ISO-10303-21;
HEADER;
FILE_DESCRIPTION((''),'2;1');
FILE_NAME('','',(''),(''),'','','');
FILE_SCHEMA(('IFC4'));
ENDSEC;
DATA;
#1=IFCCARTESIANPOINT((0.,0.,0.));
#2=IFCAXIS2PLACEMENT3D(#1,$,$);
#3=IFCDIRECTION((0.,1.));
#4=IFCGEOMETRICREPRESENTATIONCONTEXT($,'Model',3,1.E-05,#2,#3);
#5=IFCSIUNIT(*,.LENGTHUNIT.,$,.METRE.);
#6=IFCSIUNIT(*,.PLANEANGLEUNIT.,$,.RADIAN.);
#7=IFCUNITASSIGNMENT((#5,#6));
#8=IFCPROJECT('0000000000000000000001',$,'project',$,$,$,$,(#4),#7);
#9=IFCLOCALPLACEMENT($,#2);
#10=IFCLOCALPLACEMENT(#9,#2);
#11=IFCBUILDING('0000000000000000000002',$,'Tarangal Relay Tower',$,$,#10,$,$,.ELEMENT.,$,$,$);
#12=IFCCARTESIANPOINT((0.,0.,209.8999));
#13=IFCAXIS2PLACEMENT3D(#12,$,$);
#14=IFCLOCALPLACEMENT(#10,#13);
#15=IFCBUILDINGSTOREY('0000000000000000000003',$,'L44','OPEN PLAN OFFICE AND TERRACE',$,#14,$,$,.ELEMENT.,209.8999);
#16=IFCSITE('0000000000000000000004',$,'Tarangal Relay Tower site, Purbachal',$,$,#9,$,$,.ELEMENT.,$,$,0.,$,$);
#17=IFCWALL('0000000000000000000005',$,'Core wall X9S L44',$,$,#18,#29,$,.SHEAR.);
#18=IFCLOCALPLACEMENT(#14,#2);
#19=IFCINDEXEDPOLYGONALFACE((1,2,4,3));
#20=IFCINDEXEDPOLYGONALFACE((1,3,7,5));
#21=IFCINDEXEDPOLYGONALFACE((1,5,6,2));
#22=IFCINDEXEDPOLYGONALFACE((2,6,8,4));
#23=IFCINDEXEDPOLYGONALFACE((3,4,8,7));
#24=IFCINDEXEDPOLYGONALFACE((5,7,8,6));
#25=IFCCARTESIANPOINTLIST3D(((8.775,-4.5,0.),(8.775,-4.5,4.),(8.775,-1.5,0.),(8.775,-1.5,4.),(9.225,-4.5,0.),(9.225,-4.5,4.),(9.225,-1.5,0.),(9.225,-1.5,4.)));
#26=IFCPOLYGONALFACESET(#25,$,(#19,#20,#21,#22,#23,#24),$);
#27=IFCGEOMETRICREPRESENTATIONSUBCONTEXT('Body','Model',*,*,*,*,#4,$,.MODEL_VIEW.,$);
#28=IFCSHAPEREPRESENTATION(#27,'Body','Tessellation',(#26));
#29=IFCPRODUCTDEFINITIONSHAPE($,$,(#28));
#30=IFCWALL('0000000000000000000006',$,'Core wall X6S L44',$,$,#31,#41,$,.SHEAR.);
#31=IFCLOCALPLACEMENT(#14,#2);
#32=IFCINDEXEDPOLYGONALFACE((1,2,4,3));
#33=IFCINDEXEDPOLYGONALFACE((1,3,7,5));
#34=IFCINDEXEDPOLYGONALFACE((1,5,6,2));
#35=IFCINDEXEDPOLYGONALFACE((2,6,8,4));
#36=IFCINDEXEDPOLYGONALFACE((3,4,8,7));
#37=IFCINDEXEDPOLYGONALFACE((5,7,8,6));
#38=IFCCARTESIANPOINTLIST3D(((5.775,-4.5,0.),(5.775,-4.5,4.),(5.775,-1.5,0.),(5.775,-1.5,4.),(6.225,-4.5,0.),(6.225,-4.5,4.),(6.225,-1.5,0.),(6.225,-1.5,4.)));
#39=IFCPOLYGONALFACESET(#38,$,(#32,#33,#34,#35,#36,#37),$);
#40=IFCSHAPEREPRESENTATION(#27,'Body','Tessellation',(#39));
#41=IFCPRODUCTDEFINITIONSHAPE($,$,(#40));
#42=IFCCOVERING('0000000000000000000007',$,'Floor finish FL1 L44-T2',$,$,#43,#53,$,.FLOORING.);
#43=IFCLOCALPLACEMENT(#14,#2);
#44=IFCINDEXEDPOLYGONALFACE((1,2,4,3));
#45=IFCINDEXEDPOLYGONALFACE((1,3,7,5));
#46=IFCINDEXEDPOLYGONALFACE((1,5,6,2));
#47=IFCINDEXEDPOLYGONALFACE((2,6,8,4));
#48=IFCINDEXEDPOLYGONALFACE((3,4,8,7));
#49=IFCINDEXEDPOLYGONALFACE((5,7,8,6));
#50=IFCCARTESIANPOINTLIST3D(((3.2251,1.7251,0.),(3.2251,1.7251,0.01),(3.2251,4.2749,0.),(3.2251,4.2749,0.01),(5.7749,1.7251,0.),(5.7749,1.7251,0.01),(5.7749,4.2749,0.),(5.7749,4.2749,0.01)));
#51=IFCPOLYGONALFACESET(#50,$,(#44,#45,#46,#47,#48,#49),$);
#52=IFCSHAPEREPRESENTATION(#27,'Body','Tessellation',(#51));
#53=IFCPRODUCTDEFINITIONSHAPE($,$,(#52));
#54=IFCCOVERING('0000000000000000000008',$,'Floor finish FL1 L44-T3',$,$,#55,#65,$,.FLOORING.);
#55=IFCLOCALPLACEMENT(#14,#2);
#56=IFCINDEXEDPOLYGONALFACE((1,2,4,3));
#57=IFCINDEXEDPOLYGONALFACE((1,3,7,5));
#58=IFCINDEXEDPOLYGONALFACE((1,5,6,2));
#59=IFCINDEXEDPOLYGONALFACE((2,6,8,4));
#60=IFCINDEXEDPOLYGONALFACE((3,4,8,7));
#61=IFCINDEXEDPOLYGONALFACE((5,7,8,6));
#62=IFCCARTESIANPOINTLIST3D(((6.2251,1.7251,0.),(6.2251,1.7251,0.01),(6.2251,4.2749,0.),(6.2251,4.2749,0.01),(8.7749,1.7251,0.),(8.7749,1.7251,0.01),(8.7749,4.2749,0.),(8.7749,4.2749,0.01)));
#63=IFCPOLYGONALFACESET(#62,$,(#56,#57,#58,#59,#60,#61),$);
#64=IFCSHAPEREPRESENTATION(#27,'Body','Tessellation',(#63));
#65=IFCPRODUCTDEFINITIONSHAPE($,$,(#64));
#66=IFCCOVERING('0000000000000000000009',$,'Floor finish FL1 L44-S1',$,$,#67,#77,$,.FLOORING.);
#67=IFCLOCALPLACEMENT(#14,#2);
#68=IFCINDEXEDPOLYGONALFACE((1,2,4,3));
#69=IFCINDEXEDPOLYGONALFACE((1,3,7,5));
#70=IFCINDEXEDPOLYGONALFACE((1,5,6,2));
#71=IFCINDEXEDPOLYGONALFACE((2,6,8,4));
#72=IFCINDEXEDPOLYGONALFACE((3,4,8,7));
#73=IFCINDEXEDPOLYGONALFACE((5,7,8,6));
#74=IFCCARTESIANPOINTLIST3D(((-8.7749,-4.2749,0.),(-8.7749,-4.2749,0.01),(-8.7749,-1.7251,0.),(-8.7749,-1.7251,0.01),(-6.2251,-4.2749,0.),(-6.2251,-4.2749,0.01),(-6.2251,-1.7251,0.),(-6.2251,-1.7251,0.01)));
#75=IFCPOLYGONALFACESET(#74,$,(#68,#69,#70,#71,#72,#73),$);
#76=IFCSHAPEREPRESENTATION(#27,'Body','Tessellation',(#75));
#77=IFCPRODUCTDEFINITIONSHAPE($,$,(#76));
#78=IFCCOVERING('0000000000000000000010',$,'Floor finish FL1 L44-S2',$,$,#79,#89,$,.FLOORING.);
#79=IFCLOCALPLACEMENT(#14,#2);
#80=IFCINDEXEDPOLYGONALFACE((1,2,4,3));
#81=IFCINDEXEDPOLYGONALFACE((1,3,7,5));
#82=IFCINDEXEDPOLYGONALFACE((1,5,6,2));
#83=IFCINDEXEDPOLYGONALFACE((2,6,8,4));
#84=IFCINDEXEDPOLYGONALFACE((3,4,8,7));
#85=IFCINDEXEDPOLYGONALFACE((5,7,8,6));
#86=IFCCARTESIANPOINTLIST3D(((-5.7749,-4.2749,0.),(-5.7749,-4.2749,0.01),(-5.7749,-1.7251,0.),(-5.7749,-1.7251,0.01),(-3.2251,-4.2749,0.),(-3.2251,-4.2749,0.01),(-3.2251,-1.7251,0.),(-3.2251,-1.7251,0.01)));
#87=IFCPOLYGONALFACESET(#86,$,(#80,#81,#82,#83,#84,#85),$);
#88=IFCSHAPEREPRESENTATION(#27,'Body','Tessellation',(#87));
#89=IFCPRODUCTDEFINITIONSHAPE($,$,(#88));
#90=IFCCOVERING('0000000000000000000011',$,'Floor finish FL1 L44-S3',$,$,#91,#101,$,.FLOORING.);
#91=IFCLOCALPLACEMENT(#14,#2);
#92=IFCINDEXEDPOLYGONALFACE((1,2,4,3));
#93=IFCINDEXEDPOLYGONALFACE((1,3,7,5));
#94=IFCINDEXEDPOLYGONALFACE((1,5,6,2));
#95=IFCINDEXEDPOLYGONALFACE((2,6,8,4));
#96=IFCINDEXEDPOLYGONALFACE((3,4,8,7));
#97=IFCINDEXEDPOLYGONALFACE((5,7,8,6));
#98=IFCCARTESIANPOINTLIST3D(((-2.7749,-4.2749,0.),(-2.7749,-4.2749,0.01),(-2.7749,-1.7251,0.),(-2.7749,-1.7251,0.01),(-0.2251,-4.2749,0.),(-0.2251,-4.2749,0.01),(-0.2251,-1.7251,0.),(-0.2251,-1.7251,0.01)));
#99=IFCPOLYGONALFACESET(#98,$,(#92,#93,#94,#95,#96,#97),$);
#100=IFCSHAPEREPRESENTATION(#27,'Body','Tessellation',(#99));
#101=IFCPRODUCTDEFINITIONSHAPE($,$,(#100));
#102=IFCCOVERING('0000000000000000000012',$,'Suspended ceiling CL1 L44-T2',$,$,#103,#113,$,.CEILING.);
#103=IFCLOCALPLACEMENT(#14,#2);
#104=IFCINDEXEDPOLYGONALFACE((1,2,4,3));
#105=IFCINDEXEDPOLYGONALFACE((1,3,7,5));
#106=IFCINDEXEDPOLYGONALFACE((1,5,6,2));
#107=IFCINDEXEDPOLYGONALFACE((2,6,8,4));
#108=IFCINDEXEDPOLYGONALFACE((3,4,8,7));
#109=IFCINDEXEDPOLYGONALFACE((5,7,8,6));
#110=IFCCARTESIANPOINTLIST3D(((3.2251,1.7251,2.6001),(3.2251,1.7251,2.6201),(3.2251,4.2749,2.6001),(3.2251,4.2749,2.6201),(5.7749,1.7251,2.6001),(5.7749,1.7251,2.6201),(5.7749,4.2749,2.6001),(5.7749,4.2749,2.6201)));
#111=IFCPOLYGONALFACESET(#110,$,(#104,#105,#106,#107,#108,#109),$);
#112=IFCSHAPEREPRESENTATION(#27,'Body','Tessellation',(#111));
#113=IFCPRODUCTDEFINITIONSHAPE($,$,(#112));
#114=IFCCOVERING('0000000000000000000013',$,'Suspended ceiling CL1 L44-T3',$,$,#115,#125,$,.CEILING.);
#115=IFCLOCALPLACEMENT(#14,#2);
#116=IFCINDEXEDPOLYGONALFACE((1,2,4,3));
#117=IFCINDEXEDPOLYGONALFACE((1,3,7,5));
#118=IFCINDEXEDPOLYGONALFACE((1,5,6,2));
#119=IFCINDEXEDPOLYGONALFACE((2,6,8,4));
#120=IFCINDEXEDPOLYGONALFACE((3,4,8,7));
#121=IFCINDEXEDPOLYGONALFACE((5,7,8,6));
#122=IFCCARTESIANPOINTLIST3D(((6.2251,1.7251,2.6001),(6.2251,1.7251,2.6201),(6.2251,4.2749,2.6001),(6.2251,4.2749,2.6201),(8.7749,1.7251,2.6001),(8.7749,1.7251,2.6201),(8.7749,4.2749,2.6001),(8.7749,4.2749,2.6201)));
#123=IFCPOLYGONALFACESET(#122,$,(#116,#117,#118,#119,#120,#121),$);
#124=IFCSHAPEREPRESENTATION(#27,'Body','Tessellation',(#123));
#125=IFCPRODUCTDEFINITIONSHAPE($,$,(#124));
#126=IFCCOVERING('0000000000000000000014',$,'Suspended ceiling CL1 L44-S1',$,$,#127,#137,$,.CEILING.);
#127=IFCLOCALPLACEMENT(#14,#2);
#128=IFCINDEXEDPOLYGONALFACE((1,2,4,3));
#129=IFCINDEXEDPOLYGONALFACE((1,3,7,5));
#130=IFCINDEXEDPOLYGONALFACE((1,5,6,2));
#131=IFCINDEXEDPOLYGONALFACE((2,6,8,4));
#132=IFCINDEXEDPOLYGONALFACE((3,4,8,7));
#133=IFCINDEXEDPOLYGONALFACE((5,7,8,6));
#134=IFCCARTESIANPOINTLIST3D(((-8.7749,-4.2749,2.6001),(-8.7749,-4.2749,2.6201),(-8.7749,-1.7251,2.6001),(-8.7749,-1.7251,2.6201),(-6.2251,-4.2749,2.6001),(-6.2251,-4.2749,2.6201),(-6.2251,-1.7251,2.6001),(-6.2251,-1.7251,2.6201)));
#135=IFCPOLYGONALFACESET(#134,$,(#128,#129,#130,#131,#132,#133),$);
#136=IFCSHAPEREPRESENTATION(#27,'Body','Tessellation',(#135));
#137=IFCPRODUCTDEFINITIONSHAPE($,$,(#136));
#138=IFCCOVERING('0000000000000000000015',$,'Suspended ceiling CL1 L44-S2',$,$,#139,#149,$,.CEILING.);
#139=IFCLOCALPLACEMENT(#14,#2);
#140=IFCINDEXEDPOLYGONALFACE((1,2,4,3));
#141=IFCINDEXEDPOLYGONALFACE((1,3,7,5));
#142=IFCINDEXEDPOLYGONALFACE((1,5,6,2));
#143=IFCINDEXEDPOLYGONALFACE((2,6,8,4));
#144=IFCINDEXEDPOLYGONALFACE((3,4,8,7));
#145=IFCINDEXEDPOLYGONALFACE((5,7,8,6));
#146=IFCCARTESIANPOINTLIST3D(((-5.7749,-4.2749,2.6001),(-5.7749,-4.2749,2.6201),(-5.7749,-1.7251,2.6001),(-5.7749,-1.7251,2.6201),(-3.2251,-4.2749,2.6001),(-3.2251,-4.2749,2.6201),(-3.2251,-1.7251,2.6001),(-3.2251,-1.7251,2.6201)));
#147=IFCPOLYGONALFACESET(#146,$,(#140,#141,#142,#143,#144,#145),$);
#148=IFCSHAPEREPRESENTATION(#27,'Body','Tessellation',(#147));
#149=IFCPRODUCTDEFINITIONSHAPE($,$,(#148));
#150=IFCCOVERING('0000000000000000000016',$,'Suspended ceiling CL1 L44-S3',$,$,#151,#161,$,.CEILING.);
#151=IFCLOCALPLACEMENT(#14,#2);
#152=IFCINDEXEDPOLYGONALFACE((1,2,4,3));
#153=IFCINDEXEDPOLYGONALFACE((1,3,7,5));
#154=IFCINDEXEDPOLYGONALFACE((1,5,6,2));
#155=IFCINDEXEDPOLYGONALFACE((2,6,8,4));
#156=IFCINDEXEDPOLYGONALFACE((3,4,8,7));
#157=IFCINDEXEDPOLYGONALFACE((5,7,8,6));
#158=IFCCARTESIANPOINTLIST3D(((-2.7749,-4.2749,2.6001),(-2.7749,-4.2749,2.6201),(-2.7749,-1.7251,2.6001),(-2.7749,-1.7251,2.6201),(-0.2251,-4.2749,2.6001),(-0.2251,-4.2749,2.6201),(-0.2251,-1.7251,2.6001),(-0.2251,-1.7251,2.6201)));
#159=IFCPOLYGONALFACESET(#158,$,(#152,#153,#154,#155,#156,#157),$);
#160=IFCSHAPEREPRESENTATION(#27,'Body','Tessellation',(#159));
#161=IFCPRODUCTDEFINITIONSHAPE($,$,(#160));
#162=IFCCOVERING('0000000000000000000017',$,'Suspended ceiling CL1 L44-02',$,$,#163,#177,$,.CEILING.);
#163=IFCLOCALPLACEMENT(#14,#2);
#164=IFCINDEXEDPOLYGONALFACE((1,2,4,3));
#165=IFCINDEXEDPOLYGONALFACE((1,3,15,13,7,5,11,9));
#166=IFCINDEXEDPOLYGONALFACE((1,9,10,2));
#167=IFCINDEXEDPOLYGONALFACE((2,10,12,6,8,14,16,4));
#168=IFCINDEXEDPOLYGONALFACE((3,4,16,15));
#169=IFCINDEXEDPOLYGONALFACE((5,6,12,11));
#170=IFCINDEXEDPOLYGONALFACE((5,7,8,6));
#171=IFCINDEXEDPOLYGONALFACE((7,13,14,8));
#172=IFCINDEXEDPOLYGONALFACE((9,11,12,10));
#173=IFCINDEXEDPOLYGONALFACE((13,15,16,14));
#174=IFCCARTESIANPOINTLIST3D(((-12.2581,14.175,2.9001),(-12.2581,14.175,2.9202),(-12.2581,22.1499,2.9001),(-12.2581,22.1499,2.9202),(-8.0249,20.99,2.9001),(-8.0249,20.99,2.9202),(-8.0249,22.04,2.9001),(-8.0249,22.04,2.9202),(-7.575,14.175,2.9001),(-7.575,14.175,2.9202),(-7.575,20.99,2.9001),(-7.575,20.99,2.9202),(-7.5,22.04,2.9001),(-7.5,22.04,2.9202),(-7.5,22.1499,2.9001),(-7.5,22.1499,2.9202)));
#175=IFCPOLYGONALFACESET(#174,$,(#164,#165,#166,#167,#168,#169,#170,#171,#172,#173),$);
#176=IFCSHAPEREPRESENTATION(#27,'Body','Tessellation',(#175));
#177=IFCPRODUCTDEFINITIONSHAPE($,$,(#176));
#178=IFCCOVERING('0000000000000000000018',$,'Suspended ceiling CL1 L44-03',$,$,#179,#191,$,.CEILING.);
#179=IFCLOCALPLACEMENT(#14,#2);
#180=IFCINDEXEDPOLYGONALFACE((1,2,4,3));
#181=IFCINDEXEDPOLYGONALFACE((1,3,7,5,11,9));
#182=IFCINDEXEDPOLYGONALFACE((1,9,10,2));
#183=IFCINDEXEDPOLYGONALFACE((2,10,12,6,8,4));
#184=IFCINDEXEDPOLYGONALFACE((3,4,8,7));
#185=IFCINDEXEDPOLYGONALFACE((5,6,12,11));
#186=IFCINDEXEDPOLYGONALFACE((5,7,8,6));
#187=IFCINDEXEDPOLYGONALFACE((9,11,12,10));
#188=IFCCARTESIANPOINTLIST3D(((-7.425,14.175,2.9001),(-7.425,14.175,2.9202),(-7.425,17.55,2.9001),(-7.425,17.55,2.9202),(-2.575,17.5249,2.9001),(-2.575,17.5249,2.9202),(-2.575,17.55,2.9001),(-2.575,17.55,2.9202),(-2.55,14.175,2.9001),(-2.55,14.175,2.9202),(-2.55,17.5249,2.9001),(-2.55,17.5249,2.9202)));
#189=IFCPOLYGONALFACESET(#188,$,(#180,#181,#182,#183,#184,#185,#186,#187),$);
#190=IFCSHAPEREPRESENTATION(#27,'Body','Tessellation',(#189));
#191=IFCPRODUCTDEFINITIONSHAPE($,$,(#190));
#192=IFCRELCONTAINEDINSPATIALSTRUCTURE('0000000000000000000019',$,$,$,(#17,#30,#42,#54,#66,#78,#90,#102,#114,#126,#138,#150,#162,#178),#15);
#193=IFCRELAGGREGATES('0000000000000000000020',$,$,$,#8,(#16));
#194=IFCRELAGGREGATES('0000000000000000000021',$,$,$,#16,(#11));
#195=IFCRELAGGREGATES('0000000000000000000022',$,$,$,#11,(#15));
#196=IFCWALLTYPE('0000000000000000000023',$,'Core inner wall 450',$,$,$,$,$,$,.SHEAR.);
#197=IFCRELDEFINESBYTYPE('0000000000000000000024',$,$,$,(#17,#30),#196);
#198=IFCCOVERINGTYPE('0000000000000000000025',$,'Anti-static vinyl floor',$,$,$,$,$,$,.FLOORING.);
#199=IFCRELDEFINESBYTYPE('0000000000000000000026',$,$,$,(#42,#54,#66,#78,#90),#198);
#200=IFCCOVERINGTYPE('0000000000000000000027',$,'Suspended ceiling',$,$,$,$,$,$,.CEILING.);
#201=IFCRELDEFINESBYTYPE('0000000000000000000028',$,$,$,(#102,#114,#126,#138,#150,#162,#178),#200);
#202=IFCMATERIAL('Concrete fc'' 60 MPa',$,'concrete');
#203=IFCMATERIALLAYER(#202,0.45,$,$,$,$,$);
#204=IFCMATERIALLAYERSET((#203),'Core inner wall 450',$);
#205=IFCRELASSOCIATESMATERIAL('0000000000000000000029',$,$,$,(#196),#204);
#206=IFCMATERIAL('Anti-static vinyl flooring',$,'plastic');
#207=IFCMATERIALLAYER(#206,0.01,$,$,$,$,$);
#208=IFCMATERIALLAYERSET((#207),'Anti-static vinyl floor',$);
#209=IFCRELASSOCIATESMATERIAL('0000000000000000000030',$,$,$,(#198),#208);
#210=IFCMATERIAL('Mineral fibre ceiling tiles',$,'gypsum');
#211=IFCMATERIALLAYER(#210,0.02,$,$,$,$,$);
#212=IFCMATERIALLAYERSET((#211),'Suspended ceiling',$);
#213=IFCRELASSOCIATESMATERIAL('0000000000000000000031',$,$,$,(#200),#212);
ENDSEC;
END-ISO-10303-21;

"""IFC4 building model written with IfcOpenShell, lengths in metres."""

from ifc_helpers import new_model, si_unit, direction, frame, frame_2d, origin, place, context, subcontext, project, spatial, polyline, rectangle, outline, extrude, material, layer, layer_set, type_object, element, save


model = new_model("IFC4")

# Units and contexts
model_context = context("Model", 3, precision=1e-05, world=origin(), true_north=direction((0.0, 1.0)))
body_context = subcontext(model_context, "Body", "Model", "MODEL_VIEW")
ifc_project = project(units=[si_unit("LENGTHUNIT", "METRE"), si_unit("PLANEANGLEUNIT", "RADIAN")], contexts=[model_context])

# Site, building, storey
site_placement = place(None, origin())
site = spatial("IfcSite", under=ifc_project, at=site_placement, Name="Tarangal Relay Tower site, Purbachal", CompositionType="ELEMENT", RefElevation=0.0)
building_placement = place(site_placement, origin())
building = spatial("IfcBuilding", under=site, at=building_placement, Name="Tarangal Relay Tower", CompositionType="ELEMENT")
storey_placement = place(building_placement, frame((0.0, 0.0, 209.8999)))
storey = spatial("IfcBuildingStorey", under=building, at=storey_placement, Name="L44", Description="OPEN PLAN OFFICE AND TERRACE", CompositionType="ELEMENT", Elevation=209.8999)

# Walls
ifc_material_1 = material(Name="Concrete fc' 60 MPa", Category="concrete")
ifc_layer_1 = layer(ifc_material_1, 0.45)
ifc_layer_set_1 = layer_set([ifc_layer_1], Name="Core inner wall 450")
wall_type_1 = type_object("IfcWallType", Name="Core inner wall 450", PredefinedType="SHEAR", material=ifc_layer_set_1)
for number, where, z_axis, x_axis, name in (
    (1, (9.0, -4.5, 0.0), (0.0, 0.0, 1.0), (0.0, 1.0, 0.0), "Core wall X9S L44"),
    (2, (6.0, -4.5, 0.0), (0.0, 0.0, 1.0), (0.0, 1.0, 0.0), "Core wall X6S L44"),
):
    element("IfcWall", number, at=place(storey_placement, frame(where, z_axis=z_axis, x_axis=x_axis)), inside=storey, type_object=wall_type_1, Name=name, PredefinedType="SHEAR", context=body_context, shape_type="SweptSolid", body=[
        extrude(rectangle(XDim=3.0, YDim=0.45, at=frame_2d((1.5, 0.0))), origin(), (0.0, 0.0, 1.0), 4.0),
    ])

# Coverings
ifc_material_2 = material(Name="Anti-static vinyl flooring", Category="plastic")
ifc_layer_2 = layer(ifc_material_2, 0.01)
ifc_layer_set_2 = layer_set([ifc_layer_2], Name="Anti-static vinyl floor")
covering_type_1 = type_object("IfcCoveringType", Name="Anti-static vinyl floor", PredefinedType="FLOORING", material=ifc_layer_set_2)
covering_1_placement = place(storey_placement, origin())
element("IfcCovering", 3, at=covering_1_placement, inside=storey, type_object=covering_type_1, Name="Floor finish FL1 L44-T2", PredefinedType="FLOORING", context=body_context, shape_type="SweptSolid", body=[
    extrude(outline(polyline([(3.2251, 1.7251), (5.7749, 1.7251), (5.7749, 4.2749), (3.2251, 4.2749), (3.2251, 1.7251)])), origin(), (0.0, 0.0, 1.0), 0.01),
])
covering_2_placement = place(storey_placement, origin())
element("IfcCovering", 4, at=covering_2_placement, inside=storey, type_object=covering_type_1, Name="Floor finish FL1 L44-T3", PredefinedType="FLOORING", context=body_context, shape_type="SweptSolid", body=[
    extrude(outline(polyline([(6.2251, 1.7251), (8.7749, 1.7251), (8.7749, 4.2749), (6.2251, 4.2749), (6.2251, 1.7251)])), origin(), (0.0, 0.0, 1.0), 0.01),
])
covering_3_placement = place(storey_placement, origin())
element("IfcCovering", 5, at=covering_3_placement, inside=storey, type_object=covering_type_1, Name="Floor finish FL1 L44-S1", PredefinedType="FLOORING", context=body_context, shape_type="SweptSolid", body=[
    extrude(outline(polyline([(-8.7749, -4.2749), (-6.2251, -4.2749), (-6.2251, -1.7251), (-8.7749, -1.7251), (-8.7749, -4.2749)])), origin(), (0.0, 0.0, 1.0), 0.01),
])
covering_4_placement = place(storey_placement, origin())
element("IfcCovering", 6, at=covering_4_placement, inside=storey, type_object=covering_type_1, Name="Floor finish FL1 L44-S2", PredefinedType="FLOORING", context=body_context, shape_type="SweptSolid", body=[
    extrude(outline(polyline([(-5.7749, -4.2749), (-3.2251, -4.2749), (-3.2251, -1.7251), (-5.7749, -1.7251), (-5.7749, -4.2749)])), origin(), (0.0, 0.0, 1.0), 0.01),
])
covering_5_placement = place(storey_placement, origin())
element("IfcCovering", 7, at=covering_5_placement, inside=storey, type_object=covering_type_1, Name="Floor finish FL1 L44-S3", PredefinedType="FLOORING", context=body_context, shape_type="SweptSolid", body=[
    extrude(outline(polyline([(-2.7749, -4.2749), (-0.2251, -4.2749), (-0.2251, -1.7251), (-2.7749, -1.7251), (-2.7749, -4.2749)])), origin(), (0.0, 0.0, 1.0), 0.01),
])
ifc_material_3 = material(Name="Mineral fibre ceiling tiles", Category="gypsum")
ifc_layer_3 = layer(ifc_material_3, 0.02)
ifc_layer_set_3 = layer_set([ifc_layer_3], Name="Suspended ceiling")
covering_type_2 = type_object("IfcCoveringType", Name="Suspended ceiling", PredefinedType="CEILING", material=ifc_layer_set_3)
covering_6_placement = place(storey_placement, frame((0.0, 0.0, 2.6001)))
element("IfcCovering", 8, at=covering_6_placement, inside=storey, type_object=covering_type_2, Name="Suspended ceiling CL1 L44-T2", PredefinedType="CEILING", context=body_context, shape_type="SweptSolid", body=[
    extrude(outline(polyline([(3.2251, 1.7251), (5.7749, 1.7251), (5.7749, 4.2749), (3.2251, 4.2749), (3.2251, 1.7251)])), origin(), (0.0, 0.0, 1.0), 0.02),
])
covering_7_placement = place(storey_placement, frame((0.0, 0.0, 2.6001)))
element("IfcCovering", 9, at=covering_7_placement, inside=storey, type_object=covering_type_2, Name="Suspended ceiling CL1 L44-T3", PredefinedType="CEILING", context=body_context, shape_type="SweptSolid", body=[
    extrude(outline(polyline([(6.2251, 1.7251), (8.7749, 1.7251), (8.7749, 4.2749), (6.2251, 4.2749), (6.2251, 1.7251)])), origin(), (0.0, 0.0, 1.0), 0.02),
])
covering_8_placement = place(storey_placement, frame((0.0, 0.0, 2.6001)))
element("IfcCovering", 10, at=covering_8_placement, inside=storey, type_object=covering_type_2, Name="Suspended ceiling CL1 L44-S1", PredefinedType="CEILING", context=body_context, shape_type="SweptSolid", body=[
    extrude(outline(polyline([(-8.7749, -4.2749), (-6.2251, -4.2749), (-6.2251, -1.7251), (-8.7749, -1.7251), (-8.7749, -4.2749)])), origin(), (0.0, 0.0, 1.0), 0.02),
])
covering_9_placement = place(storey_placement, frame((0.0, 0.0, 2.6001)))
element("IfcCovering", 11, at=covering_9_placement, inside=storey, type_object=covering_type_2, Name="Suspended ceiling CL1 L44-S2", PredefinedType="CEILING", context=body_context, shape_type="SweptSolid", body=[
    extrude(outline(polyline([(-5.7749, -4.2749), (-3.2251, -4.2749), (-3.2251, -1.7251), (-5.7749, -1.7251), (-5.7749, -4.2749)])), origin(), (0.0, 0.0, 1.0), 0.02),
])
covering_10_placement = place(storey_placement, frame((0.0, 0.0, 2.6001)))
element("IfcCovering", 12, at=covering_10_placement, inside=storey, type_object=covering_type_2, Name="Suspended ceiling CL1 L44-S3", PredefinedType="CEILING", context=body_context, shape_type="SweptSolid", body=[
    extrude(outline(polyline([(-2.7749, -4.2749), (-0.2251, -4.2749), (-0.2251, -1.7251), (-2.7749, -1.7251), (-2.7749, -4.2749)])), origin(), (0.0, 0.0, 1.0), 0.02),
])
covering_11_placement = place(storey_placement, frame((0.0, 0.0, 2.9001)))
element("IfcCovering", 13, at=covering_11_placement, inside=storey, type_object=covering_type_2, Name="Suspended ceiling CL1 L44-02", PredefinedType="CEILING", context=body_context, shape_type="SweptSolid", body=[
    extrude(outline(polyline([(-7.5, 22.1499), (-12.2581, 22.1499), (-12.2581, 14.175), (-7.575, 14.175), (-7.575, 20.99), (-8.0249, 20.99), (-8.0249, 22.04), (-7.5, 22.04), (-7.5, 22.1499)])), origin(), (0.0, 0.0, 1.0), 0.02),
])
covering_12_placement = place(storey_placement, frame((0.0, 0.0, 2.9001)))
element("IfcCovering", 14, at=covering_12_placement, inside=storey, type_object=covering_type_2, Name="Suspended ceiling CL1 L44-03", PredefinedType="CEILING", context=body_context, shape_type="SweptSolid", body=[
    extrude(outline(polyline([(-7.425, 14.175), (-2.55, 14.175), (-2.55, 17.5249), (-2.575, 17.5249), (-2.575, 17.55), (-7.425, 17.55), (-7.425, 14.175)])), origin(), (0.0, 0.0, 1.0), 0.02),
])

save(model, "model.ifc")
